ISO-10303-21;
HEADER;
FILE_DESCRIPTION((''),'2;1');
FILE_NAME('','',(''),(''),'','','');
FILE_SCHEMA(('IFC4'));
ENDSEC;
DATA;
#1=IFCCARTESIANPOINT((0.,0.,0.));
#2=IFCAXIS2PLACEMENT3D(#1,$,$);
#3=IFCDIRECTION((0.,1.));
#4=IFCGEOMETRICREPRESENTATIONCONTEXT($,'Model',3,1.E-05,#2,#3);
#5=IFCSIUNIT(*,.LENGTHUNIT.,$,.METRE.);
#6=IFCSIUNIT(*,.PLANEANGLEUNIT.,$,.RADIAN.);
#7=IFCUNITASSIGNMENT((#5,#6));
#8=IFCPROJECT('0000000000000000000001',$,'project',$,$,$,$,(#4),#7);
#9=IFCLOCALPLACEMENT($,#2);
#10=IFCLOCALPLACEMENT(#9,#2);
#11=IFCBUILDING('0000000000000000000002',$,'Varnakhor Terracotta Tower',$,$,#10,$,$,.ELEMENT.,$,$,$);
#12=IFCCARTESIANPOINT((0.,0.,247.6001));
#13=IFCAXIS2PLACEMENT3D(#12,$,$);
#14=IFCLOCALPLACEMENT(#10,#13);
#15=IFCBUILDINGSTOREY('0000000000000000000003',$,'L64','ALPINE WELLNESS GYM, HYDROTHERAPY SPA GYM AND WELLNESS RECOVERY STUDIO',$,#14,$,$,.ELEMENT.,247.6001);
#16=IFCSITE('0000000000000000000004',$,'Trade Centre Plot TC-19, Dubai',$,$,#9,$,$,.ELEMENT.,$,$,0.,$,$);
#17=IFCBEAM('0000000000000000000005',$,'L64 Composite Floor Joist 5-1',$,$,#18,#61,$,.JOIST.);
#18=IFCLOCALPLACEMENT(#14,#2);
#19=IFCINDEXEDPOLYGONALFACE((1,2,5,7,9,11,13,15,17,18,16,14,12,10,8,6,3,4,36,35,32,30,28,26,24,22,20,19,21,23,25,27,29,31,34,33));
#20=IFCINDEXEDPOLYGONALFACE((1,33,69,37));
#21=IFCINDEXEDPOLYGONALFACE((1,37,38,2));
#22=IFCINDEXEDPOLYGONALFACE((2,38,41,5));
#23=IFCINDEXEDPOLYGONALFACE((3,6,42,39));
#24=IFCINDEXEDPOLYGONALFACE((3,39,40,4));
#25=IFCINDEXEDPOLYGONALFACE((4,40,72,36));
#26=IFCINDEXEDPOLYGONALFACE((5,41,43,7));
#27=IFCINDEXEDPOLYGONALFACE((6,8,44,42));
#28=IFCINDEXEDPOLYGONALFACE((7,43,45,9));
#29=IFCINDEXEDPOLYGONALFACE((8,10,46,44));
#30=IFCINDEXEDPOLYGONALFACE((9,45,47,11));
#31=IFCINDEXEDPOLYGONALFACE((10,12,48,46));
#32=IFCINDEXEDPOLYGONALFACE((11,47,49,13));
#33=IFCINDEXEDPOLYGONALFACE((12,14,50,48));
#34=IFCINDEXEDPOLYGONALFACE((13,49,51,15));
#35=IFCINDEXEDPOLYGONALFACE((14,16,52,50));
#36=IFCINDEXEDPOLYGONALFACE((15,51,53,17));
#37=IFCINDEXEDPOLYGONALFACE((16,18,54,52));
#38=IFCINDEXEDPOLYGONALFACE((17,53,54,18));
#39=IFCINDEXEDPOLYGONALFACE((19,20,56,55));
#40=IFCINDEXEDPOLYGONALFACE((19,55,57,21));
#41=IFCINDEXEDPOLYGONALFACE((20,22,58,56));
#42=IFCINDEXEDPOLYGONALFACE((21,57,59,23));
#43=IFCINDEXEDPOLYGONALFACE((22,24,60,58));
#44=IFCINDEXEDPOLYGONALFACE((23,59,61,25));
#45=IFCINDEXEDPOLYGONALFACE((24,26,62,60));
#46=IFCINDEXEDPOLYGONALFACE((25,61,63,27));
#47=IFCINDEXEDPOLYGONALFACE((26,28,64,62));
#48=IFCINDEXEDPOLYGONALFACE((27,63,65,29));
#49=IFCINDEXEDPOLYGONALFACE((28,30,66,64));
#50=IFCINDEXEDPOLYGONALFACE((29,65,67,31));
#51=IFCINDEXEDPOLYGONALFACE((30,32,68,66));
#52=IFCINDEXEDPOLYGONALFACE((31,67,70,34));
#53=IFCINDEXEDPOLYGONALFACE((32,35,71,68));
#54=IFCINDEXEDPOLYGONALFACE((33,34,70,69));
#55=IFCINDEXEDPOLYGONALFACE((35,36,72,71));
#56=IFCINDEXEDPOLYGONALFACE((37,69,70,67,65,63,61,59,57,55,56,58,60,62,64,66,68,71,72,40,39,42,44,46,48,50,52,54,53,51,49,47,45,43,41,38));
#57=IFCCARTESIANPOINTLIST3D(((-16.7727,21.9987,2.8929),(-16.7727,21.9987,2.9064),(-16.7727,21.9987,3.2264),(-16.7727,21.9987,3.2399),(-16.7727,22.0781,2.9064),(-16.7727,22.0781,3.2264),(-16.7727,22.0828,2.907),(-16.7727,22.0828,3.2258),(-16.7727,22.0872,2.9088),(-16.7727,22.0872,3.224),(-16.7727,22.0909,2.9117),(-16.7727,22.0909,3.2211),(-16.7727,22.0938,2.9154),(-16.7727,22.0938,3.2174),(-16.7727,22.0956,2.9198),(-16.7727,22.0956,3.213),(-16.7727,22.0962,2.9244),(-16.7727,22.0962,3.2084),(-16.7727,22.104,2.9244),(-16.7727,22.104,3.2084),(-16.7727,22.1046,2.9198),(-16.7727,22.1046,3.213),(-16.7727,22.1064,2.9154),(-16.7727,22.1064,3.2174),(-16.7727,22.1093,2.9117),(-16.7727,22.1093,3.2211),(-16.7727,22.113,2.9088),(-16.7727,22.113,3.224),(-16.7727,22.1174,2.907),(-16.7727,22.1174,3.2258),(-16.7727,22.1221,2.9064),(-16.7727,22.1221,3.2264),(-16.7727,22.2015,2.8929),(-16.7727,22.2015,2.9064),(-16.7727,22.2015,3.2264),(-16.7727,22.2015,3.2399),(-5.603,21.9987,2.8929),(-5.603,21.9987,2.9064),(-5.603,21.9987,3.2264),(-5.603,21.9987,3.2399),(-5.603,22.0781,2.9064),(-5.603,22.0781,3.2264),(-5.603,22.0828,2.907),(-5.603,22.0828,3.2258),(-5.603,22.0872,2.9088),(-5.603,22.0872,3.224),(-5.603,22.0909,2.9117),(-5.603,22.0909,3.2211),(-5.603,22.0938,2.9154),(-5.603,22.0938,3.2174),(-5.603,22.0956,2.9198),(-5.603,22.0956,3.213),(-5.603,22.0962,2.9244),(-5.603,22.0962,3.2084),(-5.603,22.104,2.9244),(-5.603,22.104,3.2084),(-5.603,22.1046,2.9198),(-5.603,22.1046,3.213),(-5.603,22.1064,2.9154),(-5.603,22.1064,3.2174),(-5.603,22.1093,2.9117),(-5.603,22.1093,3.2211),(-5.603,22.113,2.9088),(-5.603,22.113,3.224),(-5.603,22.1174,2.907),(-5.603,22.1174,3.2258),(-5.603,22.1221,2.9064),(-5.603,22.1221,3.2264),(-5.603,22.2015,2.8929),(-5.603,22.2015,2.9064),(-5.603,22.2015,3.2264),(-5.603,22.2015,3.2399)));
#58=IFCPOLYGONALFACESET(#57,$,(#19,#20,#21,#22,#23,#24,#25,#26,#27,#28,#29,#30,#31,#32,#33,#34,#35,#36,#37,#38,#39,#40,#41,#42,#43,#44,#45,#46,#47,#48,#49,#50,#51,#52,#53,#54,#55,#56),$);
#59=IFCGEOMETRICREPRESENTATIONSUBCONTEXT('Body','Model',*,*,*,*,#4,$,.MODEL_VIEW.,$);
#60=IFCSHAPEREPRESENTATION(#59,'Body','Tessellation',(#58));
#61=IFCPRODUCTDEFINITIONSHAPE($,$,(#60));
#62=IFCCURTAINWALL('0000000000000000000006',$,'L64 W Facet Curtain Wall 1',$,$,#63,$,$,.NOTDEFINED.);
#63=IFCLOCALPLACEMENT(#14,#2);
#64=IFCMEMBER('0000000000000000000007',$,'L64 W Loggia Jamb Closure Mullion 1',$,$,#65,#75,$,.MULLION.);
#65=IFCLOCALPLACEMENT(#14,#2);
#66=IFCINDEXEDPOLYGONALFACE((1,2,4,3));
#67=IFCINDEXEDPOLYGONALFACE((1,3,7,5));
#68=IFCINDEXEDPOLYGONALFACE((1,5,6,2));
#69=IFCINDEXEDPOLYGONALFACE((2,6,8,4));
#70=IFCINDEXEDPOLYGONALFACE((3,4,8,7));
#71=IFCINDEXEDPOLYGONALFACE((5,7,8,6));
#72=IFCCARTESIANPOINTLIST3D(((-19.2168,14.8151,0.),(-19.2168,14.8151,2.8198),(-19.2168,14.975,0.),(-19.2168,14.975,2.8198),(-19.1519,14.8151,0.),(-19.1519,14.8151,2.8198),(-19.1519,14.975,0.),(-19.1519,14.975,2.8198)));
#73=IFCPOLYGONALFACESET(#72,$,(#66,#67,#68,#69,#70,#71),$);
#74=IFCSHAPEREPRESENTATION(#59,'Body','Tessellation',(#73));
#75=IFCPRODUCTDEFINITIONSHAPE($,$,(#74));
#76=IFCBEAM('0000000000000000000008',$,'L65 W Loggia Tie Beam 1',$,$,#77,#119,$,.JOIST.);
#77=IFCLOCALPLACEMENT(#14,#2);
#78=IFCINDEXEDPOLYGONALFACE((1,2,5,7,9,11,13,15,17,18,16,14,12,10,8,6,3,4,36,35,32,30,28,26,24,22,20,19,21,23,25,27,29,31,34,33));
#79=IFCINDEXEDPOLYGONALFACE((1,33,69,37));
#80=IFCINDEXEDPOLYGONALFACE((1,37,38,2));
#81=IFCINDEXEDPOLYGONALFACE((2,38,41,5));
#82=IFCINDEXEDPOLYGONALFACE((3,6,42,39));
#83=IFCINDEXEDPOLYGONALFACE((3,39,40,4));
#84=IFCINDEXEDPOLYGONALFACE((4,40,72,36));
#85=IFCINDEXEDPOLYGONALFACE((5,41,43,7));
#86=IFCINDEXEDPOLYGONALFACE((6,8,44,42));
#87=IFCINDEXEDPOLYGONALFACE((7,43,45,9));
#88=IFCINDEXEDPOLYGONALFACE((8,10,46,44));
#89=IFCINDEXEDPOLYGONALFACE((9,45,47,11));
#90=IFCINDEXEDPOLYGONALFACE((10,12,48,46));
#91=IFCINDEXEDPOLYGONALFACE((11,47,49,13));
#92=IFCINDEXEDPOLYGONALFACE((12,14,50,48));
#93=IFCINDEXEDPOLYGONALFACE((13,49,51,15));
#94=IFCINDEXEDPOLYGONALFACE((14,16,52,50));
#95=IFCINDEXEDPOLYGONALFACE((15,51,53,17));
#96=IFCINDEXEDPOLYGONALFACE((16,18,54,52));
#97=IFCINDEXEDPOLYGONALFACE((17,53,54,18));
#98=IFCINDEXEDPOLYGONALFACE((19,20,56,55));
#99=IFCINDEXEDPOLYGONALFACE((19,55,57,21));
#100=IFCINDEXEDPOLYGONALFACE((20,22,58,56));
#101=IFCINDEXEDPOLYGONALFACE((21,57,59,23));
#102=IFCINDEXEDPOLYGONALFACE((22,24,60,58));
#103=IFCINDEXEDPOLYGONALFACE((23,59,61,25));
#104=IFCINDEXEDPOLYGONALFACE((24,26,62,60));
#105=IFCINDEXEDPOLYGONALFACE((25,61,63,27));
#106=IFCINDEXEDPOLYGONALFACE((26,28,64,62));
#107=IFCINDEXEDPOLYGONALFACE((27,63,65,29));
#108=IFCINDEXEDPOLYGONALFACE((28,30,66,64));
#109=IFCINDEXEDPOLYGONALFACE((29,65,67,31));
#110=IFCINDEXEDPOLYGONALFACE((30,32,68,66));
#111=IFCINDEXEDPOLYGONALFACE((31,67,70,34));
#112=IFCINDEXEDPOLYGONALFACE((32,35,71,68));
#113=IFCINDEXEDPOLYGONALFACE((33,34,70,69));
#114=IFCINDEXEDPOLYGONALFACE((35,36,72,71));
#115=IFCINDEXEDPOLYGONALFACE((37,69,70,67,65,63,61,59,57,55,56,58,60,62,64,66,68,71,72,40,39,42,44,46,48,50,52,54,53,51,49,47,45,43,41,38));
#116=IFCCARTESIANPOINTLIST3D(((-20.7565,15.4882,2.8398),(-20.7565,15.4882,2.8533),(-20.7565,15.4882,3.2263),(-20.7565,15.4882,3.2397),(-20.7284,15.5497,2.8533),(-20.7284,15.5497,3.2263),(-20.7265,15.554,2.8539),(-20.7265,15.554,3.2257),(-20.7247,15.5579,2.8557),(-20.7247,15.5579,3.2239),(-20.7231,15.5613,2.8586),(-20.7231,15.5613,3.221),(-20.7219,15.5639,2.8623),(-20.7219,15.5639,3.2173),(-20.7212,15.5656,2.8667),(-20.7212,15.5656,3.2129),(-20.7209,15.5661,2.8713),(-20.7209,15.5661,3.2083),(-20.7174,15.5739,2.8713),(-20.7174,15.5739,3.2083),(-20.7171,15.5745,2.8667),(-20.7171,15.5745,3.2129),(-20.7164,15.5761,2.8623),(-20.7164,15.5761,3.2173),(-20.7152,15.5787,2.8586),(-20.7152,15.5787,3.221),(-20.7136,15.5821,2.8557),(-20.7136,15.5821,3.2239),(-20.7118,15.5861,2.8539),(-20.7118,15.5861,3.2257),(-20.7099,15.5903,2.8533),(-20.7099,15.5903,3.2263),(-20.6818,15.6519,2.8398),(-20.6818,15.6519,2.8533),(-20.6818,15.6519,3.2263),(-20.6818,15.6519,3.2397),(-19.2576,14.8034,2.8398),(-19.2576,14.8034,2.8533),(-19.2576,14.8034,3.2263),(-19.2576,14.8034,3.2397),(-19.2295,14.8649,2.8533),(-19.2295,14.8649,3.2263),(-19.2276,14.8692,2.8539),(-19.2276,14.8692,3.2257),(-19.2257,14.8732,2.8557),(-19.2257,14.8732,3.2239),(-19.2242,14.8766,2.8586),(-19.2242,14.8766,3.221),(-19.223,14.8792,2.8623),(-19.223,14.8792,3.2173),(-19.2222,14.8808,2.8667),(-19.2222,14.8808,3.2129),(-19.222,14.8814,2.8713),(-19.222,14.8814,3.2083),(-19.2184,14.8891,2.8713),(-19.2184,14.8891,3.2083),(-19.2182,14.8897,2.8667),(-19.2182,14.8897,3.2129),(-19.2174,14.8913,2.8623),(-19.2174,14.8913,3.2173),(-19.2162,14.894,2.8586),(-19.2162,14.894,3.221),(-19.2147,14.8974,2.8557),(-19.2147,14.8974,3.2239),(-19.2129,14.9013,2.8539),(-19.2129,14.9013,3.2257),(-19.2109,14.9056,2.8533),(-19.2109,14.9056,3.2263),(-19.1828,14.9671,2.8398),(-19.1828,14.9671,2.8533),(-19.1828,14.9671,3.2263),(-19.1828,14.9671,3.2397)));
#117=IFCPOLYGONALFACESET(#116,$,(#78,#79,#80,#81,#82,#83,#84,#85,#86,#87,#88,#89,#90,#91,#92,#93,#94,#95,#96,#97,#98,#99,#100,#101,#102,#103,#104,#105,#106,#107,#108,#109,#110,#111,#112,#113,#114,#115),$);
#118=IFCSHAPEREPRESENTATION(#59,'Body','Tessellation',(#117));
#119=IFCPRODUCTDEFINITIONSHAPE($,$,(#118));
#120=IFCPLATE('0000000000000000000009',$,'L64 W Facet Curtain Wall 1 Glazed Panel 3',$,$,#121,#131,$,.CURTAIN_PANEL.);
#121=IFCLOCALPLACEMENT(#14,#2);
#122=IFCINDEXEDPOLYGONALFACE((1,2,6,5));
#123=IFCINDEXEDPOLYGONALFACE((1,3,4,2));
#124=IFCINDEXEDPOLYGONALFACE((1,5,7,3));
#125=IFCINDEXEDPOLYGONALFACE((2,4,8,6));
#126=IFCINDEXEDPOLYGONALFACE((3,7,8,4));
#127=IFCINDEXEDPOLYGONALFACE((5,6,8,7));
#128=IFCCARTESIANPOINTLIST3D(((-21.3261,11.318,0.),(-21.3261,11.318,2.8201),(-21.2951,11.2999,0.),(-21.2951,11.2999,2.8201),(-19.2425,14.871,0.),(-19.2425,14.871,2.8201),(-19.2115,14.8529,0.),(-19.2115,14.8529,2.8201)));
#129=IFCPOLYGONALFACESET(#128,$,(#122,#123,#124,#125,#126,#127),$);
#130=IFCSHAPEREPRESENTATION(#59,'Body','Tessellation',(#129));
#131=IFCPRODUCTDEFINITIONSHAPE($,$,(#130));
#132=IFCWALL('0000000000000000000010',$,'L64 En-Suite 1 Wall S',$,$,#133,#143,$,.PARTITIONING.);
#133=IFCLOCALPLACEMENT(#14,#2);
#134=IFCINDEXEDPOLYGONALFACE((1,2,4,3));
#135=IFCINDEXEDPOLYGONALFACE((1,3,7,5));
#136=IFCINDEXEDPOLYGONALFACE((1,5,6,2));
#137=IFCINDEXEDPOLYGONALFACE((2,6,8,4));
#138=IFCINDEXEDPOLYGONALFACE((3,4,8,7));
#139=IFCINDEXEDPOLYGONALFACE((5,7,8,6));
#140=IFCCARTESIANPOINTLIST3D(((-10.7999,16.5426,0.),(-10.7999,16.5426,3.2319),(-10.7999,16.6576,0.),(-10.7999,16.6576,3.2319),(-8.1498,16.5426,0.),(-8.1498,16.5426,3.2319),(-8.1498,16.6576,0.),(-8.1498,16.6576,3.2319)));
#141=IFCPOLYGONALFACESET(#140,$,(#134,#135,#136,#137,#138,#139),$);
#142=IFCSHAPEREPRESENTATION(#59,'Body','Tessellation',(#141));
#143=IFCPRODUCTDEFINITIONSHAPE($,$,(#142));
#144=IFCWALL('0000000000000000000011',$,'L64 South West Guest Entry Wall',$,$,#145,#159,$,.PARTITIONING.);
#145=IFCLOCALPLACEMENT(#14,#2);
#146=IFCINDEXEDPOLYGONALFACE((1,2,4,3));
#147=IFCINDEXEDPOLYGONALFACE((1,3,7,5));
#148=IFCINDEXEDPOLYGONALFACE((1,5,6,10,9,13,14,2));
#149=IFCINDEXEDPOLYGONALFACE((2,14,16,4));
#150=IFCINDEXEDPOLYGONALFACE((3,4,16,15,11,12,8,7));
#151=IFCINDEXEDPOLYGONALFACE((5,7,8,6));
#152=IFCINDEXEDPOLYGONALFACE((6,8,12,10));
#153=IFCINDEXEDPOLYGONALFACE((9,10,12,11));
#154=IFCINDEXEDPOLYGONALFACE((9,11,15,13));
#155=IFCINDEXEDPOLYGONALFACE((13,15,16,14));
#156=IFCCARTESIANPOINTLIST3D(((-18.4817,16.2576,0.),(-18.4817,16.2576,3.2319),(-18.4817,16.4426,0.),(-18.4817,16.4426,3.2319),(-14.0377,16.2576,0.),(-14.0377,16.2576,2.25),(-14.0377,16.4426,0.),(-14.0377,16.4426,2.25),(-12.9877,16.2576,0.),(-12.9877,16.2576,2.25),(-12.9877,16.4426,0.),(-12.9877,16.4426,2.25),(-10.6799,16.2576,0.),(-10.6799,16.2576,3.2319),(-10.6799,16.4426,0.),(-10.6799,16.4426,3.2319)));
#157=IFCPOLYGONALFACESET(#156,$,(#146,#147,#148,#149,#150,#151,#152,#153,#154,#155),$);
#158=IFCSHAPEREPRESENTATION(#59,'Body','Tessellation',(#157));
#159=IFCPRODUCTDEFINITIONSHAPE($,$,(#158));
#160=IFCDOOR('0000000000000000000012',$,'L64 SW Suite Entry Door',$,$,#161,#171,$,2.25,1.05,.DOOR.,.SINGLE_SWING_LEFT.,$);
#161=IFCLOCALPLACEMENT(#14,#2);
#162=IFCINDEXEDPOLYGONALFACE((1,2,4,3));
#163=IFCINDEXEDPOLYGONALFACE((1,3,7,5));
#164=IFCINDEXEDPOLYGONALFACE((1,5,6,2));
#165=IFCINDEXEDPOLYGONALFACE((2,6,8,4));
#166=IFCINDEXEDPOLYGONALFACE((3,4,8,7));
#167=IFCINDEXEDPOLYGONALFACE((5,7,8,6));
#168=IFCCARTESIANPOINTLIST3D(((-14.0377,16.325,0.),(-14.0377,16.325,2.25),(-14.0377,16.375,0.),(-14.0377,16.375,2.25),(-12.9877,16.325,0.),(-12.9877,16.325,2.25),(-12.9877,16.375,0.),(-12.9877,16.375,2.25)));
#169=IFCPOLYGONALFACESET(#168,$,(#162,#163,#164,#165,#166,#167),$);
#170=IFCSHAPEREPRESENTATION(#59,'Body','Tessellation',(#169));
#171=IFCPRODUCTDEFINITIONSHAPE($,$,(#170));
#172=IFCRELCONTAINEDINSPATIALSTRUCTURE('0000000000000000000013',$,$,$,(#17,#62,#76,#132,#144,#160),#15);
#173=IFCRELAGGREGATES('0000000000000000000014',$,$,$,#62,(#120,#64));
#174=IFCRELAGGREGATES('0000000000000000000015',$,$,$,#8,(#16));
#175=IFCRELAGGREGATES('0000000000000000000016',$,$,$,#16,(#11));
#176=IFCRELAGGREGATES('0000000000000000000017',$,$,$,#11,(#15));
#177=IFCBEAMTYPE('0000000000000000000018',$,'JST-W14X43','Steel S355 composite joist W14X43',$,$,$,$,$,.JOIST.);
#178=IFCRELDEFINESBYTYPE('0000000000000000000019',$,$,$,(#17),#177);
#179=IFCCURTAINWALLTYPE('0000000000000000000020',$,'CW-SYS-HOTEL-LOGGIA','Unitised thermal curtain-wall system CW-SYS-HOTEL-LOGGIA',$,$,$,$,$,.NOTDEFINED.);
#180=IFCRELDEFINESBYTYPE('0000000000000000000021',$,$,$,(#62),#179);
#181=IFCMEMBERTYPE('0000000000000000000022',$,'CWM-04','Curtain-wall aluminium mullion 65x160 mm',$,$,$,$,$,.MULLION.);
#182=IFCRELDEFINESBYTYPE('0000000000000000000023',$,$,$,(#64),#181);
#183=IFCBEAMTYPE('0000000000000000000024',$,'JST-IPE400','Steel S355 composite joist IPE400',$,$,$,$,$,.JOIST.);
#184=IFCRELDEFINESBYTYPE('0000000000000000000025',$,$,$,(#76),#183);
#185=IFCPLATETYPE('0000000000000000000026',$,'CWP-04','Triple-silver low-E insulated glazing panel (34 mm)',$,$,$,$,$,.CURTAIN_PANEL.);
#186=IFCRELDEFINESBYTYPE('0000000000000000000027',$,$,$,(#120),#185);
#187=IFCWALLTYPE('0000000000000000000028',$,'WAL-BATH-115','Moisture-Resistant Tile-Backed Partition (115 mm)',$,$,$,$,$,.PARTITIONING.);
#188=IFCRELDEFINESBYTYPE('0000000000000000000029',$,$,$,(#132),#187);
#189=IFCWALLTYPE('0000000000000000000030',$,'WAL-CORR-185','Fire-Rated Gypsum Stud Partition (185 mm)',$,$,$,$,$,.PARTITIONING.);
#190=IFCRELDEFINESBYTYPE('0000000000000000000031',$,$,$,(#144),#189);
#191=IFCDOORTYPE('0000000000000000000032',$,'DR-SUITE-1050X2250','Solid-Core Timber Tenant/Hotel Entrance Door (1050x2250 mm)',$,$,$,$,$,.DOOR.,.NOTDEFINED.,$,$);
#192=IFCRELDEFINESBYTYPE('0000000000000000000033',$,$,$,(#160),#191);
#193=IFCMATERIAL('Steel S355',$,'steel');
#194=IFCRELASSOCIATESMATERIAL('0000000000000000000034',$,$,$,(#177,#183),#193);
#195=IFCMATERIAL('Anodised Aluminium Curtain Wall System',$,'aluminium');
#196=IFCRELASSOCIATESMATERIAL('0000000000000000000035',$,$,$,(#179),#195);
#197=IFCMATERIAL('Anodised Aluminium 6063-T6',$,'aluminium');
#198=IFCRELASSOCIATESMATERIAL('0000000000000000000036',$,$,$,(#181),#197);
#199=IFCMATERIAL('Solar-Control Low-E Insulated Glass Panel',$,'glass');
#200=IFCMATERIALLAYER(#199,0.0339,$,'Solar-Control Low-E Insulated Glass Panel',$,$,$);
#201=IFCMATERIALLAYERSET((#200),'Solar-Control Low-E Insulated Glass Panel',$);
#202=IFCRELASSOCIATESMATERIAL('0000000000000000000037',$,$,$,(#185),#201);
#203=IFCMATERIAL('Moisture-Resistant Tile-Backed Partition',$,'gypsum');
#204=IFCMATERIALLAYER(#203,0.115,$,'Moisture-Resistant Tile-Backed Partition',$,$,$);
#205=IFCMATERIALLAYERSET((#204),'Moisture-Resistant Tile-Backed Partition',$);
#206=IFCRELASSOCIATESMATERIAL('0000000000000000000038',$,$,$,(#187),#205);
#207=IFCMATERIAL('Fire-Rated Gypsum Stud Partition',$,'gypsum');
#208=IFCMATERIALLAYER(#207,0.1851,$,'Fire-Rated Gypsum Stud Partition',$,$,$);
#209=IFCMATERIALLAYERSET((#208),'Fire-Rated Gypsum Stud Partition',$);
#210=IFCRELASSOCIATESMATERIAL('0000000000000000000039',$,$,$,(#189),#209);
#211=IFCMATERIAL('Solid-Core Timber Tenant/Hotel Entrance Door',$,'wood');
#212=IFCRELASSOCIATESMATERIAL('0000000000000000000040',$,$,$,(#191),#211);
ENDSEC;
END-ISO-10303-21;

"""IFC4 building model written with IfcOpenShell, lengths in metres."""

from ifc_helpers import new_model, si_unit, direction, frame, frame_2d, origin, origin_2d, place, context, subcontext, project, spatial, rectangle, i_section, extrude, source, transform, mapped, material, layer, layer_set, material_profile, profile_set, type_object, type_shapes, element, fill, aggregate, save


model = new_model("IFC4")

# Units and contexts
model_context = context("Model", 3, precision=1e-05, world=origin(), true_north=direction((0.0, 1.0)))
body_context = subcontext(model_context, "Body", "Model", "MODEL_VIEW")
ifc_project = project(units=[si_unit("LENGTHUNIT", "METRE"), si_unit("PLANEANGLEUNIT", "RADIAN")], contexts=[model_context])

# Site, building, storey
site_placement = place(None, origin())
site = spatial("IfcSite", under=ifc_project, at=site_placement, Name="Trade Centre Plot TC-19, Dubai", CompositionType="ELEMENT", RefElevation=0.0)
building_placement = place(site_placement, origin())
building = spatial("IfcBuilding", under=site, at=building_placement, Name="Varnakhor Terracotta Tower", CompositionType="ELEMENT")
storey_placement = place(building_placement, frame((0.0, 0.0, 247.6001)))
storey = spatial("IfcBuildingStorey", under=building, at=storey_placement, Name="L64", Description="ALPINE WELLNESS GYM, HYDROTHERAPY SPA GYM AND WELLNESS RECOVERY STUDIO", CompositionType="ELEMENT", Elevation=247.6001)

# Beam
ifc_material_1 = material(Name="Steel S355", Category="steel")
ifc_material_profile_1 = material_profile(ifc_material_1, i_section(OverallWidth=0.2029, OverallDepth=0.3469, WebThickness=0.0078, FlangeThickness=0.0134, FilletRadius=0.0181, at=origin_2d()), Name="W14X43")
ifc_profile_set_1 = profile_set([ifc_material_profile_1], Name="Steel S355")
beam_type_1 = type_object("IfcBeamType", Name="JST-W14X43", Description="Steel S355 composite joist W14X43", PredefinedType="JOIST", material=ifc_profile_set_1)
shared_shape_1 = source(origin(), body_context, "Body", "SweptSolid", [
    extrude(i_section(OverallWidth=0.2029, OverallDepth=0.3469, WebThickness=0.0078, FlangeThickness=0.0134, FilletRadius=0.0181, at=origin_2d()), origin(), (0.0, 0.0, 1.0), 11.1697),
])
beam_1_placement = place(storey_placement, frame((-16.7727, 22.1001, 3.0664), z_axis=(1.0, 0.0, 0.0), x_axis=(0.0, 1.0, 0.0)))
element("IfcBeam", 1, at=beam_1_placement, inside=storey, type_object=beam_type_1, Name="L64 Composite Floor Joist 5-1", PredefinedType="JOIST", context=body_context, shape_type="MappedRepresentation", body=[
    mapped(shared_shape_1, transform((0.0, 0.0, 0.0), scale=1.0)),
])

# Curtain wall, member
ifc_material_2 = material(Name="Anodised Aluminium Curtain Wall System", Category="aluminium")
curtain_wall_type = type_object("IfcCurtainWallType", Name="CW-SYS-HOTEL-LOGGIA", Description="Unitised thermal curtain-wall system CW-SYS-HOTEL-LOGGIA", PredefinedType="NOTDEFINED", material=ifc_material_2)
curtain_wall_placement = place(storey_placement, origin())
curtain_wall = element("IfcCurtainWall", 2, at=curtain_wall_placement, inside=storey, type_object=curtain_wall_type, Name="L64 W Facet Curtain Wall 1", PredefinedType="NOTDEFINED")
ifc_material_3 = material(Name="Anodised Aluminium 6063-T6", Category="aluminium")
ifc_material_profile_2 = material_profile(ifc_material_3, rectangle(XDim=0.0649, YDim=0.1599, at=origin_2d()), Name="ALU MULLION 65x160")
ifc_profile_set_2 = profile_set([ifc_material_profile_2], Name="Anodised Aluminium 6063-T6")
member_type = type_object("IfcMemberType", Name="CWM-04", Description="Curtain-wall aluminium mullion 65x160 mm", PredefinedType="MULLION", material=ifc_profile_set_2)
shared_shape_2 = source(origin(), body_context, "Body", "SweptSolid", [
    extrude(rectangle(XDim=0.0649, YDim=0.1599, at=origin_2d()), origin(), (0.0, 0.0, 1.0), 2.8198),
])
member_placement = place(storey_placement, frame((-19.1843, 14.895, 0.0), z_axis=(0.0, 0.0, 1.0), x_axis=(1.0, 0.0, 0.0)))
member = element("IfcMember", 3, at=member_placement, type_object=member_type, Name="L64 W Loggia Jamb Closure Mullion 1", PredefinedType="MULLION", context=body_context, shape_type="MappedRepresentation", body=[
    mapped(shared_shape_2, transform((0.0, 0.0, 0.0), scale=1.0)),
])

# Beam
ifc_material_profile_3 = material_profile(ifc_material_1, i_section(OverallWidth=0.1799, OverallDepth=0.3999, WebThickness=0.0085, FlangeThickness=0.0134, FilletRadius=0.0181, at=origin_2d()), Name="IPE400")
ifc_profile_set_3 = profile_set([ifc_material_profile_3], Name="Steel S355")
beam_type_2 = type_object("IfcBeamType", Name="JST-IPE400", Description="Steel S355 composite joist IPE400", PredefinedType="JOIST", material=ifc_profile_set_3)
shared_shape_3 = source(origin(), body_context, "Body", "SweptSolid", [
    extrude(i_section(OverallWidth=0.1799, OverallDepth=0.3999, WebThickness=0.0085, FlangeThickness=0.0134, FilletRadius=0.0181, at=origin_2d()), origin(), (0.0, 0.0, 1.0), 1.6479),
])
beam_2_placement = place(storey_placement, frame((-19.2202, 14.8853, 3.0398), z_axis=(-0.909578, 0.415532, 0.0), x_axis=(-0.415532, -0.909578, 0.0)))
element("IfcBeam", 4, at=beam_2_placement, inside=storey, type_object=beam_type_2, Name="L65 W Loggia Tie Beam 1", PredefinedType="JOIST", context=body_context, shape_type="MappedRepresentation", body=[
    mapped(shared_shape_3, transform((0.0, 0.0, 0.0), scale=1.0)),
])

# Plate
ifc_material_4 = material(Name="Solar-Control Low-E Insulated Glass Panel", Category="glass")
ifc_layer_1 = layer(ifc_material_4, 0.0339, Name="Solar-Control Low-E Insulated Glass Panel")
ifc_layer_set_1 = layer_set([ifc_layer_1], Name="Solar-Control Low-E Insulated Glass Panel")
plate_type = type_object("IfcPlateType", Name="CWP-04", Description="Triple-silver low-E insulated glazing panel (34 mm)", PredefinedType="CURTAIN_PANEL", material=ifc_layer_set_1)
shared_shape_4 = source(origin(), body_context, "Body", "SweptSolid", [
    extrude(rectangle(XDim=4.1189, YDim=0.0359, at=origin_2d()), origin(), (0.0, 0.0, 1.0), 2.8201),
])
plate_placement = place(storey_placement, frame((-20.2688, 13.0854, 0.0), z_axis=(0.0, 0.0, 1.0), x_axis=(0.505868, 0.862611, 0.0)))
plate = element("IfcPlate", 5, at=plate_placement, type_object=plate_type, Name="L64 W Facet Curtain Wall 1 Glazed Panel 3", PredefinedType="CURTAIN_PANEL", context=body_context, shape_type="MappedRepresentation", body=[
    mapped(shared_shape_4, transform((0.0, 0.0, 0.0), scale=1.0)),
])
aggregate(curtain_wall, [plate, member])

# Wall
ifc_material_5 = material(Name="Moisture-Resistant Tile-Backed Partition", Category="gypsum")
ifc_layer_2 = layer(ifc_material_5, 0.115, Name="Moisture-Resistant Tile-Backed Partition")
ifc_layer_set_2 = layer_set([ifc_layer_2], Name="Moisture-Resistant Tile-Backed Partition")
wall_type_1 = type_object("IfcWallType", Name="WAL-BATH-115", Description="Moisture-Resistant Tile-Backed Partition (115 mm)", PredefinedType="PARTITIONING", material=ifc_layer_set_2)
wall_1_placement = place(storey_placement, frame((-10.8, 16.6001, 0.0), z_axis=(0.0, 0.0, 1.0), x_axis=(1.0, 0.0, 0.0)))
element("IfcWall", 6, at=wall_1_placement, inside=storey, type_object=wall_type_1, Name="L64 En-Suite 1 Wall S", PredefinedType="PARTITIONING", context=body_context, shape_type="SweptSolid", body=[
    extrude(rectangle(XDim=2.6501, YDim=0.115, at=frame_2d((1.3252, 0.0))), origin(), (0.0, 0.0, 1.0), 3.2319),
])

# Wall, opening, door
ifc_material_6 = material(Name="Fire-Rated Gypsum Stud Partition", Category="gypsum")
ifc_layer_3 = layer(ifc_material_6, 0.1851, Name="Fire-Rated Gypsum Stud Partition")
ifc_layer_set_3 = layer_set([ifc_layer_3], Name="Fire-Rated Gypsum Stud Partition")
wall_type_2 = type_object("IfcWallType", Name="WAL-CORR-185", Description="Fire-Rated Gypsum Stud Partition (185 mm)", PredefinedType="PARTITIONING", material=ifc_layer_set_3)
wall_2_placement = place(storey_placement, frame((-18.4817, 16.3501, 0.0), z_axis=(0.0, 0.0, 1.0), x_axis=(1.0, 0.0, 0.0)))
wall_2 = element("IfcWall", 7, at=wall_2_placement, inside=storey, type_object=wall_type_2, Name="L64 South West Guest Entry Wall", PredefinedType="PARTITIONING", context=body_context, shape_type="SweptSolid", body=[
    extrude(rectangle(XDim=7.8018, YDim=0.1851, at=frame_2d((3.9009, 0.0))), origin(), (0.0, 0.0, 1.0), 3.2319),
])
opening_1_placement = place(wall_2_placement, frame((4.4441, 0.0, 0.0)))
opening_1 = element("IfcOpeningElement", 8, at=opening_1_placement, cuts=wall_2, PredefinedType="OPENING", context=body_context, shape_type="SweptSolid", body=[
    extrude(rectangle(XDim=1.05, YDim=2.25, at=frame_2d((0.5249, 1.125))), frame((0.0, 0.1025, 0.0), z_axis=(0.0, -1.0, 0.0), x_axis=(1.0, 0.0, 0.0)), (0.0, 0.0, 1.0), 0.2051),
])
ifc_material_7 = material(Name="Solid-Core Timber Tenant/Hotel Entrance Door", Category="wood")
door_type_1 = type_object("IfcDoorType", Name="DR-SUITE-1050X2250", Description="Solid-Core Timber Tenant/Hotel Entrance Door (1050x2250 mm)", OperationType="NOTDEFINED", PredefinedType="DOOR", material=ifc_material_7)
shared_shape_5 = source(origin(), body_context, "Body", "SweptSolid", [
    extrude(rectangle(XDim=1.05, YDim=2.25, at=frame_2d((0.5249, 1.125))), frame((0.0, 0.0249, 0.0), z_axis=(0.0, -1.0, 0.0), x_axis=(1.0, 0.0, 0.0)), (0.0, 0.0, 1.0), 0.05),
])
type_shapes(door_type_1, [shared_shape_5])
door_1_placement = place(opening_1_placement, origin())
door_1 = element("IfcDoor", 9, at=door_1_placement, inside=storey, type_object=door_type_1, Name="L64 SW Suite Entry Door", OperationType="SINGLE_SWING_LEFT", OverallHeight=2.25, OverallWidth=1.05, PredefinedType="DOOR", context=body_context, shape_type="MappedRepresentation", body=[
    mapped(shared_shape_5, transform((0.0, 0.0, 0.0), scale=1.0)),
])
fill(opening_1, door_1)

save(model, "model.ifc")
